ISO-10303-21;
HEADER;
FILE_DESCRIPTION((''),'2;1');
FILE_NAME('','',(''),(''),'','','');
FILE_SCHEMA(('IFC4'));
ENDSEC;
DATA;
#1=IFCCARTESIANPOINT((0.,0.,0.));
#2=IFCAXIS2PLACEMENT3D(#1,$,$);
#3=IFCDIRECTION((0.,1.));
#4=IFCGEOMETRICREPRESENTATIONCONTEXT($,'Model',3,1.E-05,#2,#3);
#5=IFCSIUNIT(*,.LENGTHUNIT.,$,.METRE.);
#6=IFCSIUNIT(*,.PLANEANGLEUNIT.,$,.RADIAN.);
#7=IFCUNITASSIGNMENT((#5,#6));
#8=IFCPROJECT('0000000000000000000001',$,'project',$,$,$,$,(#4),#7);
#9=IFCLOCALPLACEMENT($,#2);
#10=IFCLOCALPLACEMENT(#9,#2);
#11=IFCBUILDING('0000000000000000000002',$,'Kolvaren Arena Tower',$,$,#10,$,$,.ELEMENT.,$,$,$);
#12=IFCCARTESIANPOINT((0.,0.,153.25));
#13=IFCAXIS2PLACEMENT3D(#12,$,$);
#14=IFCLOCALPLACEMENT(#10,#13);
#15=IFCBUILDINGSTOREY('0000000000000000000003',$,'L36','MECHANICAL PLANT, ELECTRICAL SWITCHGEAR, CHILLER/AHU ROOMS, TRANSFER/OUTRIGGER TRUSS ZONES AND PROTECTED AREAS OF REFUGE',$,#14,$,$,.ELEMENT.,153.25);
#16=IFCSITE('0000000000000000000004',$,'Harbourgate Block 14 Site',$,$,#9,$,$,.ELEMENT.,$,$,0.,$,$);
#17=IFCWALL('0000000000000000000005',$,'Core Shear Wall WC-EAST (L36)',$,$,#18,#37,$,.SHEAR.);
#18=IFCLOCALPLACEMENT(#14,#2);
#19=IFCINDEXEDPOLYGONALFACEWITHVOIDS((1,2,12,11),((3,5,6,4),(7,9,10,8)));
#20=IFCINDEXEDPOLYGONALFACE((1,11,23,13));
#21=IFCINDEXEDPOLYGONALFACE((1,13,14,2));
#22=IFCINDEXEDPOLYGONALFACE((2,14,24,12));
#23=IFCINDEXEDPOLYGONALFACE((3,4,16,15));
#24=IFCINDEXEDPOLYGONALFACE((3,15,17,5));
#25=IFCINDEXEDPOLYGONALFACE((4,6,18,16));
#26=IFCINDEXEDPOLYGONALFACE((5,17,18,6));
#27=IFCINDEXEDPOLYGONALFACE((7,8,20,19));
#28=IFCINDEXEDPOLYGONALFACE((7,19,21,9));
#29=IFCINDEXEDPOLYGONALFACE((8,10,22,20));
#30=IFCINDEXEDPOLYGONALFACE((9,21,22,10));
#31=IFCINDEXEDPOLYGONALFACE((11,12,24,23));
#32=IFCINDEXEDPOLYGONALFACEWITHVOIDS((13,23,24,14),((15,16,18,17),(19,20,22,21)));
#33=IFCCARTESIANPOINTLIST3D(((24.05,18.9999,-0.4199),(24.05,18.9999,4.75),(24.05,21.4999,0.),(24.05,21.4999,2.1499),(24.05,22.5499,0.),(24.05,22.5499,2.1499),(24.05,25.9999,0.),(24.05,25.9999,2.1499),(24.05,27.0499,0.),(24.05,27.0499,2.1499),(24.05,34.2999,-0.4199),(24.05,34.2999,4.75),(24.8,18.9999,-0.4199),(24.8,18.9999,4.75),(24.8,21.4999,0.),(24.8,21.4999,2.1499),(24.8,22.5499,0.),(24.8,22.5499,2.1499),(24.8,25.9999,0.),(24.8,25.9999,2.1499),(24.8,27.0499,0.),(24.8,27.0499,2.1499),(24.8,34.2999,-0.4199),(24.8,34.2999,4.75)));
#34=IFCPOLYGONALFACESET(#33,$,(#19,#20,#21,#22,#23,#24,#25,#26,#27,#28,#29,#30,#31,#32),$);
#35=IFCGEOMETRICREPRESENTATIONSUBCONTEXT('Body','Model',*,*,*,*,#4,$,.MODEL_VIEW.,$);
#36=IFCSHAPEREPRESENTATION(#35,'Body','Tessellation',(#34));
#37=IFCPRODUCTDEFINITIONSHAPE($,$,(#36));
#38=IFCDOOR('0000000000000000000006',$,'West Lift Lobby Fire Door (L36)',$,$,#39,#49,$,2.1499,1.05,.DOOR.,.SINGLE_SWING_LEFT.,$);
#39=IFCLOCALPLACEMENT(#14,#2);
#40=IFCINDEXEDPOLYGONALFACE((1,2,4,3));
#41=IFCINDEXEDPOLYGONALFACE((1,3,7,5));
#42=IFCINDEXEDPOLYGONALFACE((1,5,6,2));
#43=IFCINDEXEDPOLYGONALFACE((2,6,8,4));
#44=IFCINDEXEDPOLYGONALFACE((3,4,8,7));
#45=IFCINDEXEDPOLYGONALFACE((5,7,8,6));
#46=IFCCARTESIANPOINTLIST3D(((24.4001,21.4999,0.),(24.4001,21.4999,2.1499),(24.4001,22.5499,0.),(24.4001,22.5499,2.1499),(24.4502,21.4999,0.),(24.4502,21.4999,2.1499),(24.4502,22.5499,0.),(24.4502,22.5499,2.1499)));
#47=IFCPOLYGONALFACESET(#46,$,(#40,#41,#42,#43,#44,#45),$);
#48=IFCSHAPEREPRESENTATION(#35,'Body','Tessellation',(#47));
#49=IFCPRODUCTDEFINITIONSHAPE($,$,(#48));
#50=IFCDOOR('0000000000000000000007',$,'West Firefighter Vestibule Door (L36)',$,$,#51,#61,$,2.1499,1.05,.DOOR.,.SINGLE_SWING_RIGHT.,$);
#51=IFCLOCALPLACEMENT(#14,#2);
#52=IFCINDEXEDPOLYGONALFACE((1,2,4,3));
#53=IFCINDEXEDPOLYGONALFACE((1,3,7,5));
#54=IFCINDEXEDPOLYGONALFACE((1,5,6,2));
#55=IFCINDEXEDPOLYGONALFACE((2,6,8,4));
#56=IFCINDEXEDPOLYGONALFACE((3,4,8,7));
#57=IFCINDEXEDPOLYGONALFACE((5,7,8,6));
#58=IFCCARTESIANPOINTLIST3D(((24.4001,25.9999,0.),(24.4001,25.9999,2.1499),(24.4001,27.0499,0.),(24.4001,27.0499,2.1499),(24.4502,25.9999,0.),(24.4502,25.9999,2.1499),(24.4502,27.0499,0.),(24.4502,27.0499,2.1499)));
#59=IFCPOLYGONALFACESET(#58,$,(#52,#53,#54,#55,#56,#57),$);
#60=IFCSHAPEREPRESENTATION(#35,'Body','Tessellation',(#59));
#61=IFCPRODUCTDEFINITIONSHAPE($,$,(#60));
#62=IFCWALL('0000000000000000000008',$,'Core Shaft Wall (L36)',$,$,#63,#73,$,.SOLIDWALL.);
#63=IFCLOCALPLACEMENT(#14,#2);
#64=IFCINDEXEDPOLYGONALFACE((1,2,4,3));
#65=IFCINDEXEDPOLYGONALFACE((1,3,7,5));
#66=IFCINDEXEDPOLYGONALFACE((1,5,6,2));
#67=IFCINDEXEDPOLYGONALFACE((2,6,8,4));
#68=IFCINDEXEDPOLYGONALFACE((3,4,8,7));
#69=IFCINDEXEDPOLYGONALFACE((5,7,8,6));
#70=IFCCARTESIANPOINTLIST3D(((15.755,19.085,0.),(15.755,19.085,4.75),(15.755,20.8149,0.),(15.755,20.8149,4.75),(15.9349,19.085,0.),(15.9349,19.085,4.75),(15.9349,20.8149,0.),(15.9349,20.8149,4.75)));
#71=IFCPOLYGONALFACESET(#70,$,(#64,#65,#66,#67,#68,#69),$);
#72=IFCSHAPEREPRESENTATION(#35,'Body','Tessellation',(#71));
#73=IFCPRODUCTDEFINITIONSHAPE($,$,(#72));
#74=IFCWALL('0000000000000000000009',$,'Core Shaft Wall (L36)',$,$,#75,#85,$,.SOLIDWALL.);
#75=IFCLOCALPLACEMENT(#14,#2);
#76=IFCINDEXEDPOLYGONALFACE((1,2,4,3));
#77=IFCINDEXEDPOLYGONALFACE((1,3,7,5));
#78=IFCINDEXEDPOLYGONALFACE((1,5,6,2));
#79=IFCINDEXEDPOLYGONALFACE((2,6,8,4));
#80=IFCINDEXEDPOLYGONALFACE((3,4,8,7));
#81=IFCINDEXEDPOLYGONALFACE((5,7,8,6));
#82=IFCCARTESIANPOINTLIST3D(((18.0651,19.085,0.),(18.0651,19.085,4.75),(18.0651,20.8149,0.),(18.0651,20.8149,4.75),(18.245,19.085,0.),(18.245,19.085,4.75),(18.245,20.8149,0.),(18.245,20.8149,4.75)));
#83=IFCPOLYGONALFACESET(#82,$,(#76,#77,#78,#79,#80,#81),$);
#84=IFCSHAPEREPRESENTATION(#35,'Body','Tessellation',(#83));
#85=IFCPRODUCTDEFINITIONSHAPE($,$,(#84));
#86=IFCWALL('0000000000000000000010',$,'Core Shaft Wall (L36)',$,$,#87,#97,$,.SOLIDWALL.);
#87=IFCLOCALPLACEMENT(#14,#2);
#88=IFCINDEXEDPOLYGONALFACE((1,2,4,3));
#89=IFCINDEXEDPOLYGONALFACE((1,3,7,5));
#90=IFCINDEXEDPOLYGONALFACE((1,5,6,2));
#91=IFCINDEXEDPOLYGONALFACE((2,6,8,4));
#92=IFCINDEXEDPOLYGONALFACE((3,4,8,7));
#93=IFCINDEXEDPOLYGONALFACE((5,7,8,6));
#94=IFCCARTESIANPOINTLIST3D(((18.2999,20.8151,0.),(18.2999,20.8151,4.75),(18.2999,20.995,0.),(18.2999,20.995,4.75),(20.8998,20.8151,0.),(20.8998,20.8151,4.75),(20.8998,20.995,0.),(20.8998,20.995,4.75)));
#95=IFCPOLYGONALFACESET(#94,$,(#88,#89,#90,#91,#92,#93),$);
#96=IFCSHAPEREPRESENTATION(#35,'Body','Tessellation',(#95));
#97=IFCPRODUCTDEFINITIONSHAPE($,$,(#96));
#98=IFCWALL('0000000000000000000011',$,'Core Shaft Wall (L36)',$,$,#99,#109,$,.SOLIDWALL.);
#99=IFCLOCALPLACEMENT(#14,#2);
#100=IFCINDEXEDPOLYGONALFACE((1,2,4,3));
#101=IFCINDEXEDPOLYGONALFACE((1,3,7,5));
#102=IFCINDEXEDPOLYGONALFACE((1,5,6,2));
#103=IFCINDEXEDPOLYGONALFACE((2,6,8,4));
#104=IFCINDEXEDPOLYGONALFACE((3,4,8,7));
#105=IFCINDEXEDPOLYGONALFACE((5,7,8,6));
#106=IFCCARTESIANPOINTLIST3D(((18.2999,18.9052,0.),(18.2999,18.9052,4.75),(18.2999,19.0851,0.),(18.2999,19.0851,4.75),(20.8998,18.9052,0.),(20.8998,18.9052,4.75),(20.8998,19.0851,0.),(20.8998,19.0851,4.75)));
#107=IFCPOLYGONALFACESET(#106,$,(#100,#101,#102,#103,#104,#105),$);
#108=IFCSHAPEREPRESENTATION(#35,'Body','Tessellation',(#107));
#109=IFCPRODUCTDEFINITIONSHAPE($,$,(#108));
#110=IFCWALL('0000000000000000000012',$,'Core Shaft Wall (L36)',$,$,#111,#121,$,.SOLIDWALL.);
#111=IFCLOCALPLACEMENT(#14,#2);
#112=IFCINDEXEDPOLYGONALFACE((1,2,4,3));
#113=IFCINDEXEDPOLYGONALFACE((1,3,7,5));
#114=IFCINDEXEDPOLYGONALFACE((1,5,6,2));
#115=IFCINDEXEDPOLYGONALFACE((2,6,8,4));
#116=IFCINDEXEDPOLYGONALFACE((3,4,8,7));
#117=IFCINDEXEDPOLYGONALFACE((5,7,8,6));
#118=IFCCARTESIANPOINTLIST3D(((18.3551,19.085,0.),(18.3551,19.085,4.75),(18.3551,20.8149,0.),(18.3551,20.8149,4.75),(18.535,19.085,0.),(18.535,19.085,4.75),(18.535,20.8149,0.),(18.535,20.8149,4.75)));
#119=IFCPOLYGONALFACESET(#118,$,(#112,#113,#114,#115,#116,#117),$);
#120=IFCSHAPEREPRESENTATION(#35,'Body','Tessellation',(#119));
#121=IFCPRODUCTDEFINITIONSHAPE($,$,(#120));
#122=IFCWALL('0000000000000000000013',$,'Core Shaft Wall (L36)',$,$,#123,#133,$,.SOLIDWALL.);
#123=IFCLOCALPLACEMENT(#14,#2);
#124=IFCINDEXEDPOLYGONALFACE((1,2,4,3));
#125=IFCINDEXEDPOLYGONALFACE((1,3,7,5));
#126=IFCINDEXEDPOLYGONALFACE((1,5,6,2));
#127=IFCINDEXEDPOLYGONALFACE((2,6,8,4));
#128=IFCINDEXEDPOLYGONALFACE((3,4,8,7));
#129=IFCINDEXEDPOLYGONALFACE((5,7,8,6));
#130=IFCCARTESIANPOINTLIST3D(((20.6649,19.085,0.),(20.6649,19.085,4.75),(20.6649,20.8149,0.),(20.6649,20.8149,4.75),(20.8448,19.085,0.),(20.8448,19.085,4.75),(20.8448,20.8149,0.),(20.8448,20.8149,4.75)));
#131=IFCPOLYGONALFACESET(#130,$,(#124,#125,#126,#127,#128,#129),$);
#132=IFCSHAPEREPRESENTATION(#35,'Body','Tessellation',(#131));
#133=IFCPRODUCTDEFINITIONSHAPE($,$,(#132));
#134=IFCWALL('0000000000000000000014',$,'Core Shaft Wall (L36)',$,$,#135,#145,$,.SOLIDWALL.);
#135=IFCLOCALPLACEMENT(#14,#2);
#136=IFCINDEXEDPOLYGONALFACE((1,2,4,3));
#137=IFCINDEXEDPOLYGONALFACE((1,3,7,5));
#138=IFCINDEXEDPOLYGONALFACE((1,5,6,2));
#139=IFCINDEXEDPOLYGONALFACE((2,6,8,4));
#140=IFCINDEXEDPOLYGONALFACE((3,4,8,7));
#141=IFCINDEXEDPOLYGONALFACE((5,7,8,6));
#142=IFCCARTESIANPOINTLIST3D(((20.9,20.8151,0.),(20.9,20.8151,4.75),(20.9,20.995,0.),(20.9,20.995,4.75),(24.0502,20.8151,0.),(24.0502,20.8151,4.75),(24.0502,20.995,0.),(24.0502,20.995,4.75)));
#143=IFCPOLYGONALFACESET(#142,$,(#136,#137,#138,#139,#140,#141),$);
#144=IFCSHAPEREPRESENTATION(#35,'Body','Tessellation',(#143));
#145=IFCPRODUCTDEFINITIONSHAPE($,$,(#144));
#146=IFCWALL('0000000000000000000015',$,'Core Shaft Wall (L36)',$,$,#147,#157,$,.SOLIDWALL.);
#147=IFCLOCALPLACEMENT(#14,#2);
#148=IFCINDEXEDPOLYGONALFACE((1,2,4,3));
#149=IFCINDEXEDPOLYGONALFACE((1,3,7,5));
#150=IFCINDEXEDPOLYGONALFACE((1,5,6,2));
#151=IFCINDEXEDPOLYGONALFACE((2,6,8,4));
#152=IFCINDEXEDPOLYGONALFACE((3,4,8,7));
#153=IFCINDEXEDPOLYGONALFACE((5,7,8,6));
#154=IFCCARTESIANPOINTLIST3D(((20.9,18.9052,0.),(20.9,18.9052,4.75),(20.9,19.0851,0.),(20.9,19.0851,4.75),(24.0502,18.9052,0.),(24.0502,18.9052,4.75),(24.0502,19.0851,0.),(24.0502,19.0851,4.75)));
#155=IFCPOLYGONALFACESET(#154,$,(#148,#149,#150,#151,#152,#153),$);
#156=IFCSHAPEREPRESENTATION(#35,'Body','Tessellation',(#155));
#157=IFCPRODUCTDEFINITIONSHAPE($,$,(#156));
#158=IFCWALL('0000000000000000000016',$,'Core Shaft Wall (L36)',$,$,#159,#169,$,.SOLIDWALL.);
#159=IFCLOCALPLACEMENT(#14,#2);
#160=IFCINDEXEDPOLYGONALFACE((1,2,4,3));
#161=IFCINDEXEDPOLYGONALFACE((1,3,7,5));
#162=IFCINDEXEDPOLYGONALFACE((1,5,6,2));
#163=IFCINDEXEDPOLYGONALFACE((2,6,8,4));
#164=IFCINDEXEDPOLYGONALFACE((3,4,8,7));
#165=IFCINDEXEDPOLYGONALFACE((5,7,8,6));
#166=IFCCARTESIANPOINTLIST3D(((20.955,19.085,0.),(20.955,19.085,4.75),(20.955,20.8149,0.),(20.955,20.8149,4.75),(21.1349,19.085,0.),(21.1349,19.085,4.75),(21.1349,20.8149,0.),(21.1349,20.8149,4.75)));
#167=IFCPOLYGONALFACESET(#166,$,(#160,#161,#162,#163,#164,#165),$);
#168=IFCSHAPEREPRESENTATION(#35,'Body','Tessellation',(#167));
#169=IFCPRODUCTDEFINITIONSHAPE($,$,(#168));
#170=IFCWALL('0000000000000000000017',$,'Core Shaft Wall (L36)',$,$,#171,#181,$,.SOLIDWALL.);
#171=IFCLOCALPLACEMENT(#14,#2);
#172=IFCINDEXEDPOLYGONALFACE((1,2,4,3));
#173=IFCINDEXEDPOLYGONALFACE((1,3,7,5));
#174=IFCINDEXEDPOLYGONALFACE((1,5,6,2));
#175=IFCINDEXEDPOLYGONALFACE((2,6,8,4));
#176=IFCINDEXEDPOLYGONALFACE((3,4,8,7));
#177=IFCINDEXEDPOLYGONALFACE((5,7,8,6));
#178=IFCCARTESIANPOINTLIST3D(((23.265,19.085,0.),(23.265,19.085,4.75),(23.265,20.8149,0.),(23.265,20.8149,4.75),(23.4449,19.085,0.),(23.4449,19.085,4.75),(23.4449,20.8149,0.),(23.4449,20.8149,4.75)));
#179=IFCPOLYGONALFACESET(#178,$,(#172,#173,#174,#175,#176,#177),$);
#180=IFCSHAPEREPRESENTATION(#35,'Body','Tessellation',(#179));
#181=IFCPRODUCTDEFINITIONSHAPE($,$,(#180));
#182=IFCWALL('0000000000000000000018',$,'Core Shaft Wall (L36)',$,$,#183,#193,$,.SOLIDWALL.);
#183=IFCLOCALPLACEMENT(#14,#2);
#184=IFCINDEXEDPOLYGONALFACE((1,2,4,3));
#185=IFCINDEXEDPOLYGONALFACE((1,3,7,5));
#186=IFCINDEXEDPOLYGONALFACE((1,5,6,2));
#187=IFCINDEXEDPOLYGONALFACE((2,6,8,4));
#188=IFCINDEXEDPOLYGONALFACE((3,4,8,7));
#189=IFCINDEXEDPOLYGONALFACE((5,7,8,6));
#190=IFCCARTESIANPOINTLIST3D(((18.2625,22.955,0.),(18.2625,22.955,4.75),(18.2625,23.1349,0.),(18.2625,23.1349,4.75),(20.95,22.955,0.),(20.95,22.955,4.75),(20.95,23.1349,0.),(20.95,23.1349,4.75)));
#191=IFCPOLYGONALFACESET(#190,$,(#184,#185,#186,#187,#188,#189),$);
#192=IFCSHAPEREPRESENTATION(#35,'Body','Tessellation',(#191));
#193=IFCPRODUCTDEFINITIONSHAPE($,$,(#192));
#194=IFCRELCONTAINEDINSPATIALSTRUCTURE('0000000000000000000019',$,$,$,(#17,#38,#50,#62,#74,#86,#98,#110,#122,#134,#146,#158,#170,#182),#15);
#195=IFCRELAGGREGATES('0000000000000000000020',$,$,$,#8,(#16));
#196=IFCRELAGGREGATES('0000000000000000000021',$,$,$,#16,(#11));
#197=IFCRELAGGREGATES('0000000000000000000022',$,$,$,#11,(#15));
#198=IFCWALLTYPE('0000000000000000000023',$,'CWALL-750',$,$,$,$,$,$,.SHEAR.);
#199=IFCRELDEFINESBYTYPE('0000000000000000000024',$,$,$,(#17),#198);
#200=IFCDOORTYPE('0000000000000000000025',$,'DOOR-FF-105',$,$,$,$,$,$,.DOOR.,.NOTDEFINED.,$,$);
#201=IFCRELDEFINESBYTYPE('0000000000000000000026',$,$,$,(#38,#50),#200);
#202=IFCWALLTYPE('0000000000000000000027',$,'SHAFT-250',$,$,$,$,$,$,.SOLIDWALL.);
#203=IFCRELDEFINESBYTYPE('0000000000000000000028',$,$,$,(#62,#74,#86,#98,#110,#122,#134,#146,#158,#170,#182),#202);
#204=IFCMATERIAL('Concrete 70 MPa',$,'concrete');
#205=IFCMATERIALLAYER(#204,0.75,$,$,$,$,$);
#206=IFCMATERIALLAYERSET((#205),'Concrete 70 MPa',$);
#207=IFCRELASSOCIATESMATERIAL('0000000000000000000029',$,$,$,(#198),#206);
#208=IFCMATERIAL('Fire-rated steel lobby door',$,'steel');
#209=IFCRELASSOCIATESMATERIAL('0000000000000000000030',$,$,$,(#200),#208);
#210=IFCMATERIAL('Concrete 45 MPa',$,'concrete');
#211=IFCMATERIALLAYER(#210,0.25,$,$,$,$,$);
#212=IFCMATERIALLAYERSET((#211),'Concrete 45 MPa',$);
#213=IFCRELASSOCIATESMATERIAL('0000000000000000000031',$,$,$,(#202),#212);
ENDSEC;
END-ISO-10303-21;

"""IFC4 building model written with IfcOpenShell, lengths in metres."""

from ifc_helpers import new_model, si_unit, direction, frame, frame_2d, origin, place, context, subcontext, project, spatial, rectangle, extrude, material, layer, layer_set, type_object, element, fill, save


model = new_model("IFC4")

# Units and contexts
model_context = context("Model", 3, precision=1e-05, world=origin(), true_north=direction((0.0, 1.0)))
body_context = subcontext(model_context, "Body", "Model", "MODEL_VIEW")
ifc_project = project(units=[si_unit("LENGTHUNIT", "METRE"), si_unit("PLANEANGLEUNIT", "RADIAN")], contexts=[model_context])

# Site, building, storey
site_placement = place(None, origin())
site = spatial("IfcSite", under=ifc_project, at=site_placement, Name="Harbourgate Block 14 Site", CompositionType="ELEMENT", RefElevation=0.0)
building_placement = place(site_placement, origin())
building = spatial("IfcBuilding", under=site, at=building_placement, Name="Kolvaren Arena Tower", CompositionType="ELEMENT")
storey_placement = place(building_placement, frame((0.0, 0.0, 153.25)))
storey = spatial("IfcBuildingStorey", under=building, at=storey_placement, Name="L36", Description="MECHANICAL PLANT, ELECTRICAL SWITCHGEAR, CHILLER/AHU ROOMS, TRANSFER/OUTRIGGER TRUSS ZONES AND PROTECTED AREAS OF REFUGE", CompositionType="ELEMENT", Elevation=153.25)

# Wall, openings, doors
ifc_material_1 = material(Name="Concrete 70 MPa", Category="concrete")
ifc_layer_1 = layer(ifc_material_1, 0.75)
ifc_layer_set_1 = layer_set([ifc_layer_1], Name="Concrete 70 MPa")
wall_type_1 = type_object("IfcWallType", Name="CWALL-750", PredefinedType="SHEAR", material=ifc_layer_set_1)
wall_1_placement = place(storey_placement, frame((24.425, 19.0, -0.4199), z_axis=(0.0, 0.0, 1.0), x_axis=(0.0, 1.0, 0.0)))
wall_1 = element("IfcWall", 1, at=wall_1_placement, inside=storey, type_object=wall_type_1, Name="Core Shear Wall WC-EAST (L36)", PredefinedType="SHEAR", context=body_context, shape_type="SweptSolid", body=[
    extrude(rectangle(XDim=15.3, YDim=0.75, at=frame_2d((7.6499, 0.0))), origin(), (0.0, 0.0, 1.0), 5.1699),
])
opening_1_placement = place(wall_1_placement, frame((2.5, 0.0, 0.4199)))
opening_1 = element("IfcOpeningElement", 2, at=opening_1_placement, cuts=wall_1, PredefinedType="OPENING", context=body_context, shape_type="SweptSolid", body=[
    extrude(rectangle(XDim=1.05, YDim=2.1499, at=frame_2d((0.5249, 1.075))), frame((0.0, 0.385, 0.0), z_axis=(0.0, -1.0, 0.0), x_axis=(1.0, 0.0, 0.0)), (0.0, 0.0, 1.0), 0.77),
])
opening_2_placement = place(wall_1_placement, frame((7.0, 0.0, 0.4199)))
opening_2 = element("IfcOpeningElement", 3, at=opening_2_placement, cuts=wall_1, PredefinedType="OPENING", context=body_context, shape_type="SweptSolid", body=[
    extrude(rectangle(XDim=1.05, YDim=2.1499, at=frame_2d((0.5249, 1.075))), frame((0.0, 0.385, 0.0), z_axis=(0.0, -1.0, 0.0), x_axis=(1.0, 0.0, 0.0)), (0.0, 0.0, 1.0), 0.77),
])
ifc_material_2 = material(Name="Fire-rated steel lobby door", Category="steel")
door_type_1 = type_object("IfcDoorType", Name="DOOR-FF-105", OperationType="NOTDEFINED", PredefinedType="DOOR", material=ifc_material_2)
door_1_placement = place(opening_1_placement, origin())
door_1 = element("IfcDoor", 4, at=door_1_placement, inside=storey, type_object=door_type_1, Name="West Lift Lobby Fire Door (L36)", OperationType="SINGLE_SWING_LEFT", OverallHeight=2.1499, OverallWidth=1.05, PredefinedType="DOOR", context=body_context, shape_type="SweptSolid", body=[
    extrude(rectangle(XDim=1.05, YDim=2.1499, at=frame_2d((0.5249, 1.075))), frame((0.0, 0.0249, 0.0), z_axis=(0.0, -1.0, 0.0), x_axis=(1.0, 0.0, 0.0)), (0.0, 0.0, 1.0), 0.05),
])
fill(opening_1, door_1)
door_2_placement = place(opening_2_placement, origin())
door_2 = element("IfcDoor", 5, at=door_2_placement, inside=storey, type_object=door_type_1, Name="West Firefighter Vestibule Door (L36)", OperationType="SINGLE_SWING_RIGHT", OverallHeight=2.1499, OverallWidth=1.05, PredefinedType="DOOR", context=body_context, shape_type="SweptSolid", body=[
    extrude(rectangle(XDim=1.05, YDim=2.1499, at=frame_2d((0.5249, 1.075))), frame((0.0, 0.0249, 0.0), z_axis=(0.0, -1.0, 0.0), x_axis=(1.0, 0.0, 0.0)), (0.0, 0.0, 1.0), 0.05),
])
fill(opening_2, door_2)

# Walls
ifc_material_3 = material(Name="Concrete 45 MPa", Category="concrete")
ifc_layer_2 = layer(ifc_material_3, 0.25)
ifc_layer_set_2 = layer_set([ifc_layer_2], Name="Concrete 45 MPa")
wall_type_2 = type_object("IfcWallType", Name="SHAFT-250", PredefinedType="SOLIDWALL", material=ifc_layer_set_2)
for number, where, z_axis, x_axis, name in (
    (6, (15.845, 19.085, 0.0), (0.0, 0.0, 1.0), (0.0, 1.0, 0.0), "Core Shaft Wall (L36)"),
    (7, (18.155, 19.085, 0.0), (0.0, 0.0, 1.0), (0.0, 1.0, 0.0), "Core Shaft Wall (L36)"),
):
    element("IfcWall", number, at=place(storey_placement, frame(where, z_axis=z_axis, x_axis=x_axis)), inside=storey, type_object=wall_type_2, Name=name, PredefinedType="SOLIDWALL", context=body_context, shape_type="SweptSolid", body=[
        extrude(rectangle(XDim=1.73, YDim=0.1799, at=frame_2d((0.865, 0.0))), origin(), (0.0, 0.0, 1.0), 4.75),
    ])
for number, where, z_axis, x_axis, name in (
    (8, (18.3, 20.905, 0.0), (0.0, 0.0, 1.0), (1.0, 0.0, 0.0), "Core Shaft Wall (L36)"),
    (9, (18.3, 18.9951, 0.0), (0.0, 0.0, 1.0), (1.0, 0.0, 0.0), "Core Shaft Wall (L36)"),
):
    element("IfcWall", number, at=place(storey_placement, frame(where, z_axis=z_axis, x_axis=x_axis)), inside=storey, type_object=wall_type_2, Name=name, PredefinedType="SOLIDWALL", context=body_context, shape_type="SweptSolid", body=[
        extrude(rectangle(XDim=2.5999, YDim=0.1799, at=frame_2d((1.2998, 0.0))), origin(), (0.0, 0.0, 1.0), 4.75),
    ])
for number, where, z_axis, x_axis, name in (
    (10, (18.4451, 19.085, 0.0), (0.0, 0.0, 1.0), (0.0, 1.0, 0.0), "Core Shaft Wall (L36)"),
    (11, (20.7549, 19.085, 0.0), (0.0, 0.0, 1.0), (0.0, 1.0, 0.0), "Core Shaft Wall (L36)"),
):
    element("IfcWall", number, at=place(storey_placement, frame(where, z_axis=z_axis, x_axis=x_axis)), inside=storey, type_object=wall_type_2, Name=name, PredefinedType="SOLIDWALL", context=body_context, shape_type="SweptSolid", body=[
        extrude(rectangle(XDim=1.73, YDim=0.1799, at=frame_2d((0.865, 0.0))), origin(), (0.0, 0.0, 1.0), 4.75),
    ])
for number, where, z_axis, x_axis, name in (
    (12, (20.8999, 20.905, 0.0), (0.0, 0.0, 1.0), (1.0, 0.0, 0.0), "Core Shaft Wall (L36)"),
    (13, (20.8999, 18.9951, 0.0), (0.0, 0.0, 1.0), (1.0, 0.0, 0.0), "Core Shaft Wall (L36)"),
):
    element("IfcWall", number, at=place(storey_placement, frame(where, z_axis=z_axis, x_axis=x_axis)), inside=storey, type_object=wall_type_2, Name=name, PredefinedType="SOLIDWALL", context=body_context, shape_type="SweptSolid", body=[
        extrude(rectangle(XDim=3.1501, YDim=0.1799, at=frame_2d((1.5752, 0.0))), origin(), (0.0, 0.0, 1.0), 4.75),
    ])
for number, where, z_axis, x_axis, name in (
    (14, (21.0449, 19.085, 0.0), (0.0, 0.0, 1.0), (0.0, 1.0, 0.0), "Core Shaft Wall (L36)"),
    (15, (23.355, 19.085, 0.0), (0.0, 0.0, 1.0), (0.0, 1.0, 0.0), "Core Shaft Wall (L36)"),
):
    element("IfcWall", number, at=place(storey_placement, frame(where, z_axis=z_axis, x_axis=x_axis)), inside=storey, type_object=wall_type_2, Name=name, PredefinedType="SOLIDWALL", context=body_context, shape_type="SweptSolid", body=[
        extrude(rectangle(XDim=1.73, YDim=0.1799, at=frame_2d((0.865, 0.0))), origin(), (0.0, 0.0, 1.0), 4.75),
    ])
wall_2_placement = place(storey_placement, frame((18.2625, 23.0449, 0.0), z_axis=(0.0, 0.0, 1.0), x_axis=(1.0, 0.0, 0.0)))
element("IfcWall", 16, at=wall_2_placement, inside=storey, type_object=wall_type_2, Name="Core Shaft Wall (L36)", PredefinedType="SOLIDWALL", context=body_context, shape_type="SweptSolid", body=[
    extrude(rectangle(XDim=2.6875, YDim=0.1799, at=frame_2d((1.3438, 0.0))), origin(), (0.0, 0.0, 1.0), 4.75),
])

save(model, "model.ifc")
